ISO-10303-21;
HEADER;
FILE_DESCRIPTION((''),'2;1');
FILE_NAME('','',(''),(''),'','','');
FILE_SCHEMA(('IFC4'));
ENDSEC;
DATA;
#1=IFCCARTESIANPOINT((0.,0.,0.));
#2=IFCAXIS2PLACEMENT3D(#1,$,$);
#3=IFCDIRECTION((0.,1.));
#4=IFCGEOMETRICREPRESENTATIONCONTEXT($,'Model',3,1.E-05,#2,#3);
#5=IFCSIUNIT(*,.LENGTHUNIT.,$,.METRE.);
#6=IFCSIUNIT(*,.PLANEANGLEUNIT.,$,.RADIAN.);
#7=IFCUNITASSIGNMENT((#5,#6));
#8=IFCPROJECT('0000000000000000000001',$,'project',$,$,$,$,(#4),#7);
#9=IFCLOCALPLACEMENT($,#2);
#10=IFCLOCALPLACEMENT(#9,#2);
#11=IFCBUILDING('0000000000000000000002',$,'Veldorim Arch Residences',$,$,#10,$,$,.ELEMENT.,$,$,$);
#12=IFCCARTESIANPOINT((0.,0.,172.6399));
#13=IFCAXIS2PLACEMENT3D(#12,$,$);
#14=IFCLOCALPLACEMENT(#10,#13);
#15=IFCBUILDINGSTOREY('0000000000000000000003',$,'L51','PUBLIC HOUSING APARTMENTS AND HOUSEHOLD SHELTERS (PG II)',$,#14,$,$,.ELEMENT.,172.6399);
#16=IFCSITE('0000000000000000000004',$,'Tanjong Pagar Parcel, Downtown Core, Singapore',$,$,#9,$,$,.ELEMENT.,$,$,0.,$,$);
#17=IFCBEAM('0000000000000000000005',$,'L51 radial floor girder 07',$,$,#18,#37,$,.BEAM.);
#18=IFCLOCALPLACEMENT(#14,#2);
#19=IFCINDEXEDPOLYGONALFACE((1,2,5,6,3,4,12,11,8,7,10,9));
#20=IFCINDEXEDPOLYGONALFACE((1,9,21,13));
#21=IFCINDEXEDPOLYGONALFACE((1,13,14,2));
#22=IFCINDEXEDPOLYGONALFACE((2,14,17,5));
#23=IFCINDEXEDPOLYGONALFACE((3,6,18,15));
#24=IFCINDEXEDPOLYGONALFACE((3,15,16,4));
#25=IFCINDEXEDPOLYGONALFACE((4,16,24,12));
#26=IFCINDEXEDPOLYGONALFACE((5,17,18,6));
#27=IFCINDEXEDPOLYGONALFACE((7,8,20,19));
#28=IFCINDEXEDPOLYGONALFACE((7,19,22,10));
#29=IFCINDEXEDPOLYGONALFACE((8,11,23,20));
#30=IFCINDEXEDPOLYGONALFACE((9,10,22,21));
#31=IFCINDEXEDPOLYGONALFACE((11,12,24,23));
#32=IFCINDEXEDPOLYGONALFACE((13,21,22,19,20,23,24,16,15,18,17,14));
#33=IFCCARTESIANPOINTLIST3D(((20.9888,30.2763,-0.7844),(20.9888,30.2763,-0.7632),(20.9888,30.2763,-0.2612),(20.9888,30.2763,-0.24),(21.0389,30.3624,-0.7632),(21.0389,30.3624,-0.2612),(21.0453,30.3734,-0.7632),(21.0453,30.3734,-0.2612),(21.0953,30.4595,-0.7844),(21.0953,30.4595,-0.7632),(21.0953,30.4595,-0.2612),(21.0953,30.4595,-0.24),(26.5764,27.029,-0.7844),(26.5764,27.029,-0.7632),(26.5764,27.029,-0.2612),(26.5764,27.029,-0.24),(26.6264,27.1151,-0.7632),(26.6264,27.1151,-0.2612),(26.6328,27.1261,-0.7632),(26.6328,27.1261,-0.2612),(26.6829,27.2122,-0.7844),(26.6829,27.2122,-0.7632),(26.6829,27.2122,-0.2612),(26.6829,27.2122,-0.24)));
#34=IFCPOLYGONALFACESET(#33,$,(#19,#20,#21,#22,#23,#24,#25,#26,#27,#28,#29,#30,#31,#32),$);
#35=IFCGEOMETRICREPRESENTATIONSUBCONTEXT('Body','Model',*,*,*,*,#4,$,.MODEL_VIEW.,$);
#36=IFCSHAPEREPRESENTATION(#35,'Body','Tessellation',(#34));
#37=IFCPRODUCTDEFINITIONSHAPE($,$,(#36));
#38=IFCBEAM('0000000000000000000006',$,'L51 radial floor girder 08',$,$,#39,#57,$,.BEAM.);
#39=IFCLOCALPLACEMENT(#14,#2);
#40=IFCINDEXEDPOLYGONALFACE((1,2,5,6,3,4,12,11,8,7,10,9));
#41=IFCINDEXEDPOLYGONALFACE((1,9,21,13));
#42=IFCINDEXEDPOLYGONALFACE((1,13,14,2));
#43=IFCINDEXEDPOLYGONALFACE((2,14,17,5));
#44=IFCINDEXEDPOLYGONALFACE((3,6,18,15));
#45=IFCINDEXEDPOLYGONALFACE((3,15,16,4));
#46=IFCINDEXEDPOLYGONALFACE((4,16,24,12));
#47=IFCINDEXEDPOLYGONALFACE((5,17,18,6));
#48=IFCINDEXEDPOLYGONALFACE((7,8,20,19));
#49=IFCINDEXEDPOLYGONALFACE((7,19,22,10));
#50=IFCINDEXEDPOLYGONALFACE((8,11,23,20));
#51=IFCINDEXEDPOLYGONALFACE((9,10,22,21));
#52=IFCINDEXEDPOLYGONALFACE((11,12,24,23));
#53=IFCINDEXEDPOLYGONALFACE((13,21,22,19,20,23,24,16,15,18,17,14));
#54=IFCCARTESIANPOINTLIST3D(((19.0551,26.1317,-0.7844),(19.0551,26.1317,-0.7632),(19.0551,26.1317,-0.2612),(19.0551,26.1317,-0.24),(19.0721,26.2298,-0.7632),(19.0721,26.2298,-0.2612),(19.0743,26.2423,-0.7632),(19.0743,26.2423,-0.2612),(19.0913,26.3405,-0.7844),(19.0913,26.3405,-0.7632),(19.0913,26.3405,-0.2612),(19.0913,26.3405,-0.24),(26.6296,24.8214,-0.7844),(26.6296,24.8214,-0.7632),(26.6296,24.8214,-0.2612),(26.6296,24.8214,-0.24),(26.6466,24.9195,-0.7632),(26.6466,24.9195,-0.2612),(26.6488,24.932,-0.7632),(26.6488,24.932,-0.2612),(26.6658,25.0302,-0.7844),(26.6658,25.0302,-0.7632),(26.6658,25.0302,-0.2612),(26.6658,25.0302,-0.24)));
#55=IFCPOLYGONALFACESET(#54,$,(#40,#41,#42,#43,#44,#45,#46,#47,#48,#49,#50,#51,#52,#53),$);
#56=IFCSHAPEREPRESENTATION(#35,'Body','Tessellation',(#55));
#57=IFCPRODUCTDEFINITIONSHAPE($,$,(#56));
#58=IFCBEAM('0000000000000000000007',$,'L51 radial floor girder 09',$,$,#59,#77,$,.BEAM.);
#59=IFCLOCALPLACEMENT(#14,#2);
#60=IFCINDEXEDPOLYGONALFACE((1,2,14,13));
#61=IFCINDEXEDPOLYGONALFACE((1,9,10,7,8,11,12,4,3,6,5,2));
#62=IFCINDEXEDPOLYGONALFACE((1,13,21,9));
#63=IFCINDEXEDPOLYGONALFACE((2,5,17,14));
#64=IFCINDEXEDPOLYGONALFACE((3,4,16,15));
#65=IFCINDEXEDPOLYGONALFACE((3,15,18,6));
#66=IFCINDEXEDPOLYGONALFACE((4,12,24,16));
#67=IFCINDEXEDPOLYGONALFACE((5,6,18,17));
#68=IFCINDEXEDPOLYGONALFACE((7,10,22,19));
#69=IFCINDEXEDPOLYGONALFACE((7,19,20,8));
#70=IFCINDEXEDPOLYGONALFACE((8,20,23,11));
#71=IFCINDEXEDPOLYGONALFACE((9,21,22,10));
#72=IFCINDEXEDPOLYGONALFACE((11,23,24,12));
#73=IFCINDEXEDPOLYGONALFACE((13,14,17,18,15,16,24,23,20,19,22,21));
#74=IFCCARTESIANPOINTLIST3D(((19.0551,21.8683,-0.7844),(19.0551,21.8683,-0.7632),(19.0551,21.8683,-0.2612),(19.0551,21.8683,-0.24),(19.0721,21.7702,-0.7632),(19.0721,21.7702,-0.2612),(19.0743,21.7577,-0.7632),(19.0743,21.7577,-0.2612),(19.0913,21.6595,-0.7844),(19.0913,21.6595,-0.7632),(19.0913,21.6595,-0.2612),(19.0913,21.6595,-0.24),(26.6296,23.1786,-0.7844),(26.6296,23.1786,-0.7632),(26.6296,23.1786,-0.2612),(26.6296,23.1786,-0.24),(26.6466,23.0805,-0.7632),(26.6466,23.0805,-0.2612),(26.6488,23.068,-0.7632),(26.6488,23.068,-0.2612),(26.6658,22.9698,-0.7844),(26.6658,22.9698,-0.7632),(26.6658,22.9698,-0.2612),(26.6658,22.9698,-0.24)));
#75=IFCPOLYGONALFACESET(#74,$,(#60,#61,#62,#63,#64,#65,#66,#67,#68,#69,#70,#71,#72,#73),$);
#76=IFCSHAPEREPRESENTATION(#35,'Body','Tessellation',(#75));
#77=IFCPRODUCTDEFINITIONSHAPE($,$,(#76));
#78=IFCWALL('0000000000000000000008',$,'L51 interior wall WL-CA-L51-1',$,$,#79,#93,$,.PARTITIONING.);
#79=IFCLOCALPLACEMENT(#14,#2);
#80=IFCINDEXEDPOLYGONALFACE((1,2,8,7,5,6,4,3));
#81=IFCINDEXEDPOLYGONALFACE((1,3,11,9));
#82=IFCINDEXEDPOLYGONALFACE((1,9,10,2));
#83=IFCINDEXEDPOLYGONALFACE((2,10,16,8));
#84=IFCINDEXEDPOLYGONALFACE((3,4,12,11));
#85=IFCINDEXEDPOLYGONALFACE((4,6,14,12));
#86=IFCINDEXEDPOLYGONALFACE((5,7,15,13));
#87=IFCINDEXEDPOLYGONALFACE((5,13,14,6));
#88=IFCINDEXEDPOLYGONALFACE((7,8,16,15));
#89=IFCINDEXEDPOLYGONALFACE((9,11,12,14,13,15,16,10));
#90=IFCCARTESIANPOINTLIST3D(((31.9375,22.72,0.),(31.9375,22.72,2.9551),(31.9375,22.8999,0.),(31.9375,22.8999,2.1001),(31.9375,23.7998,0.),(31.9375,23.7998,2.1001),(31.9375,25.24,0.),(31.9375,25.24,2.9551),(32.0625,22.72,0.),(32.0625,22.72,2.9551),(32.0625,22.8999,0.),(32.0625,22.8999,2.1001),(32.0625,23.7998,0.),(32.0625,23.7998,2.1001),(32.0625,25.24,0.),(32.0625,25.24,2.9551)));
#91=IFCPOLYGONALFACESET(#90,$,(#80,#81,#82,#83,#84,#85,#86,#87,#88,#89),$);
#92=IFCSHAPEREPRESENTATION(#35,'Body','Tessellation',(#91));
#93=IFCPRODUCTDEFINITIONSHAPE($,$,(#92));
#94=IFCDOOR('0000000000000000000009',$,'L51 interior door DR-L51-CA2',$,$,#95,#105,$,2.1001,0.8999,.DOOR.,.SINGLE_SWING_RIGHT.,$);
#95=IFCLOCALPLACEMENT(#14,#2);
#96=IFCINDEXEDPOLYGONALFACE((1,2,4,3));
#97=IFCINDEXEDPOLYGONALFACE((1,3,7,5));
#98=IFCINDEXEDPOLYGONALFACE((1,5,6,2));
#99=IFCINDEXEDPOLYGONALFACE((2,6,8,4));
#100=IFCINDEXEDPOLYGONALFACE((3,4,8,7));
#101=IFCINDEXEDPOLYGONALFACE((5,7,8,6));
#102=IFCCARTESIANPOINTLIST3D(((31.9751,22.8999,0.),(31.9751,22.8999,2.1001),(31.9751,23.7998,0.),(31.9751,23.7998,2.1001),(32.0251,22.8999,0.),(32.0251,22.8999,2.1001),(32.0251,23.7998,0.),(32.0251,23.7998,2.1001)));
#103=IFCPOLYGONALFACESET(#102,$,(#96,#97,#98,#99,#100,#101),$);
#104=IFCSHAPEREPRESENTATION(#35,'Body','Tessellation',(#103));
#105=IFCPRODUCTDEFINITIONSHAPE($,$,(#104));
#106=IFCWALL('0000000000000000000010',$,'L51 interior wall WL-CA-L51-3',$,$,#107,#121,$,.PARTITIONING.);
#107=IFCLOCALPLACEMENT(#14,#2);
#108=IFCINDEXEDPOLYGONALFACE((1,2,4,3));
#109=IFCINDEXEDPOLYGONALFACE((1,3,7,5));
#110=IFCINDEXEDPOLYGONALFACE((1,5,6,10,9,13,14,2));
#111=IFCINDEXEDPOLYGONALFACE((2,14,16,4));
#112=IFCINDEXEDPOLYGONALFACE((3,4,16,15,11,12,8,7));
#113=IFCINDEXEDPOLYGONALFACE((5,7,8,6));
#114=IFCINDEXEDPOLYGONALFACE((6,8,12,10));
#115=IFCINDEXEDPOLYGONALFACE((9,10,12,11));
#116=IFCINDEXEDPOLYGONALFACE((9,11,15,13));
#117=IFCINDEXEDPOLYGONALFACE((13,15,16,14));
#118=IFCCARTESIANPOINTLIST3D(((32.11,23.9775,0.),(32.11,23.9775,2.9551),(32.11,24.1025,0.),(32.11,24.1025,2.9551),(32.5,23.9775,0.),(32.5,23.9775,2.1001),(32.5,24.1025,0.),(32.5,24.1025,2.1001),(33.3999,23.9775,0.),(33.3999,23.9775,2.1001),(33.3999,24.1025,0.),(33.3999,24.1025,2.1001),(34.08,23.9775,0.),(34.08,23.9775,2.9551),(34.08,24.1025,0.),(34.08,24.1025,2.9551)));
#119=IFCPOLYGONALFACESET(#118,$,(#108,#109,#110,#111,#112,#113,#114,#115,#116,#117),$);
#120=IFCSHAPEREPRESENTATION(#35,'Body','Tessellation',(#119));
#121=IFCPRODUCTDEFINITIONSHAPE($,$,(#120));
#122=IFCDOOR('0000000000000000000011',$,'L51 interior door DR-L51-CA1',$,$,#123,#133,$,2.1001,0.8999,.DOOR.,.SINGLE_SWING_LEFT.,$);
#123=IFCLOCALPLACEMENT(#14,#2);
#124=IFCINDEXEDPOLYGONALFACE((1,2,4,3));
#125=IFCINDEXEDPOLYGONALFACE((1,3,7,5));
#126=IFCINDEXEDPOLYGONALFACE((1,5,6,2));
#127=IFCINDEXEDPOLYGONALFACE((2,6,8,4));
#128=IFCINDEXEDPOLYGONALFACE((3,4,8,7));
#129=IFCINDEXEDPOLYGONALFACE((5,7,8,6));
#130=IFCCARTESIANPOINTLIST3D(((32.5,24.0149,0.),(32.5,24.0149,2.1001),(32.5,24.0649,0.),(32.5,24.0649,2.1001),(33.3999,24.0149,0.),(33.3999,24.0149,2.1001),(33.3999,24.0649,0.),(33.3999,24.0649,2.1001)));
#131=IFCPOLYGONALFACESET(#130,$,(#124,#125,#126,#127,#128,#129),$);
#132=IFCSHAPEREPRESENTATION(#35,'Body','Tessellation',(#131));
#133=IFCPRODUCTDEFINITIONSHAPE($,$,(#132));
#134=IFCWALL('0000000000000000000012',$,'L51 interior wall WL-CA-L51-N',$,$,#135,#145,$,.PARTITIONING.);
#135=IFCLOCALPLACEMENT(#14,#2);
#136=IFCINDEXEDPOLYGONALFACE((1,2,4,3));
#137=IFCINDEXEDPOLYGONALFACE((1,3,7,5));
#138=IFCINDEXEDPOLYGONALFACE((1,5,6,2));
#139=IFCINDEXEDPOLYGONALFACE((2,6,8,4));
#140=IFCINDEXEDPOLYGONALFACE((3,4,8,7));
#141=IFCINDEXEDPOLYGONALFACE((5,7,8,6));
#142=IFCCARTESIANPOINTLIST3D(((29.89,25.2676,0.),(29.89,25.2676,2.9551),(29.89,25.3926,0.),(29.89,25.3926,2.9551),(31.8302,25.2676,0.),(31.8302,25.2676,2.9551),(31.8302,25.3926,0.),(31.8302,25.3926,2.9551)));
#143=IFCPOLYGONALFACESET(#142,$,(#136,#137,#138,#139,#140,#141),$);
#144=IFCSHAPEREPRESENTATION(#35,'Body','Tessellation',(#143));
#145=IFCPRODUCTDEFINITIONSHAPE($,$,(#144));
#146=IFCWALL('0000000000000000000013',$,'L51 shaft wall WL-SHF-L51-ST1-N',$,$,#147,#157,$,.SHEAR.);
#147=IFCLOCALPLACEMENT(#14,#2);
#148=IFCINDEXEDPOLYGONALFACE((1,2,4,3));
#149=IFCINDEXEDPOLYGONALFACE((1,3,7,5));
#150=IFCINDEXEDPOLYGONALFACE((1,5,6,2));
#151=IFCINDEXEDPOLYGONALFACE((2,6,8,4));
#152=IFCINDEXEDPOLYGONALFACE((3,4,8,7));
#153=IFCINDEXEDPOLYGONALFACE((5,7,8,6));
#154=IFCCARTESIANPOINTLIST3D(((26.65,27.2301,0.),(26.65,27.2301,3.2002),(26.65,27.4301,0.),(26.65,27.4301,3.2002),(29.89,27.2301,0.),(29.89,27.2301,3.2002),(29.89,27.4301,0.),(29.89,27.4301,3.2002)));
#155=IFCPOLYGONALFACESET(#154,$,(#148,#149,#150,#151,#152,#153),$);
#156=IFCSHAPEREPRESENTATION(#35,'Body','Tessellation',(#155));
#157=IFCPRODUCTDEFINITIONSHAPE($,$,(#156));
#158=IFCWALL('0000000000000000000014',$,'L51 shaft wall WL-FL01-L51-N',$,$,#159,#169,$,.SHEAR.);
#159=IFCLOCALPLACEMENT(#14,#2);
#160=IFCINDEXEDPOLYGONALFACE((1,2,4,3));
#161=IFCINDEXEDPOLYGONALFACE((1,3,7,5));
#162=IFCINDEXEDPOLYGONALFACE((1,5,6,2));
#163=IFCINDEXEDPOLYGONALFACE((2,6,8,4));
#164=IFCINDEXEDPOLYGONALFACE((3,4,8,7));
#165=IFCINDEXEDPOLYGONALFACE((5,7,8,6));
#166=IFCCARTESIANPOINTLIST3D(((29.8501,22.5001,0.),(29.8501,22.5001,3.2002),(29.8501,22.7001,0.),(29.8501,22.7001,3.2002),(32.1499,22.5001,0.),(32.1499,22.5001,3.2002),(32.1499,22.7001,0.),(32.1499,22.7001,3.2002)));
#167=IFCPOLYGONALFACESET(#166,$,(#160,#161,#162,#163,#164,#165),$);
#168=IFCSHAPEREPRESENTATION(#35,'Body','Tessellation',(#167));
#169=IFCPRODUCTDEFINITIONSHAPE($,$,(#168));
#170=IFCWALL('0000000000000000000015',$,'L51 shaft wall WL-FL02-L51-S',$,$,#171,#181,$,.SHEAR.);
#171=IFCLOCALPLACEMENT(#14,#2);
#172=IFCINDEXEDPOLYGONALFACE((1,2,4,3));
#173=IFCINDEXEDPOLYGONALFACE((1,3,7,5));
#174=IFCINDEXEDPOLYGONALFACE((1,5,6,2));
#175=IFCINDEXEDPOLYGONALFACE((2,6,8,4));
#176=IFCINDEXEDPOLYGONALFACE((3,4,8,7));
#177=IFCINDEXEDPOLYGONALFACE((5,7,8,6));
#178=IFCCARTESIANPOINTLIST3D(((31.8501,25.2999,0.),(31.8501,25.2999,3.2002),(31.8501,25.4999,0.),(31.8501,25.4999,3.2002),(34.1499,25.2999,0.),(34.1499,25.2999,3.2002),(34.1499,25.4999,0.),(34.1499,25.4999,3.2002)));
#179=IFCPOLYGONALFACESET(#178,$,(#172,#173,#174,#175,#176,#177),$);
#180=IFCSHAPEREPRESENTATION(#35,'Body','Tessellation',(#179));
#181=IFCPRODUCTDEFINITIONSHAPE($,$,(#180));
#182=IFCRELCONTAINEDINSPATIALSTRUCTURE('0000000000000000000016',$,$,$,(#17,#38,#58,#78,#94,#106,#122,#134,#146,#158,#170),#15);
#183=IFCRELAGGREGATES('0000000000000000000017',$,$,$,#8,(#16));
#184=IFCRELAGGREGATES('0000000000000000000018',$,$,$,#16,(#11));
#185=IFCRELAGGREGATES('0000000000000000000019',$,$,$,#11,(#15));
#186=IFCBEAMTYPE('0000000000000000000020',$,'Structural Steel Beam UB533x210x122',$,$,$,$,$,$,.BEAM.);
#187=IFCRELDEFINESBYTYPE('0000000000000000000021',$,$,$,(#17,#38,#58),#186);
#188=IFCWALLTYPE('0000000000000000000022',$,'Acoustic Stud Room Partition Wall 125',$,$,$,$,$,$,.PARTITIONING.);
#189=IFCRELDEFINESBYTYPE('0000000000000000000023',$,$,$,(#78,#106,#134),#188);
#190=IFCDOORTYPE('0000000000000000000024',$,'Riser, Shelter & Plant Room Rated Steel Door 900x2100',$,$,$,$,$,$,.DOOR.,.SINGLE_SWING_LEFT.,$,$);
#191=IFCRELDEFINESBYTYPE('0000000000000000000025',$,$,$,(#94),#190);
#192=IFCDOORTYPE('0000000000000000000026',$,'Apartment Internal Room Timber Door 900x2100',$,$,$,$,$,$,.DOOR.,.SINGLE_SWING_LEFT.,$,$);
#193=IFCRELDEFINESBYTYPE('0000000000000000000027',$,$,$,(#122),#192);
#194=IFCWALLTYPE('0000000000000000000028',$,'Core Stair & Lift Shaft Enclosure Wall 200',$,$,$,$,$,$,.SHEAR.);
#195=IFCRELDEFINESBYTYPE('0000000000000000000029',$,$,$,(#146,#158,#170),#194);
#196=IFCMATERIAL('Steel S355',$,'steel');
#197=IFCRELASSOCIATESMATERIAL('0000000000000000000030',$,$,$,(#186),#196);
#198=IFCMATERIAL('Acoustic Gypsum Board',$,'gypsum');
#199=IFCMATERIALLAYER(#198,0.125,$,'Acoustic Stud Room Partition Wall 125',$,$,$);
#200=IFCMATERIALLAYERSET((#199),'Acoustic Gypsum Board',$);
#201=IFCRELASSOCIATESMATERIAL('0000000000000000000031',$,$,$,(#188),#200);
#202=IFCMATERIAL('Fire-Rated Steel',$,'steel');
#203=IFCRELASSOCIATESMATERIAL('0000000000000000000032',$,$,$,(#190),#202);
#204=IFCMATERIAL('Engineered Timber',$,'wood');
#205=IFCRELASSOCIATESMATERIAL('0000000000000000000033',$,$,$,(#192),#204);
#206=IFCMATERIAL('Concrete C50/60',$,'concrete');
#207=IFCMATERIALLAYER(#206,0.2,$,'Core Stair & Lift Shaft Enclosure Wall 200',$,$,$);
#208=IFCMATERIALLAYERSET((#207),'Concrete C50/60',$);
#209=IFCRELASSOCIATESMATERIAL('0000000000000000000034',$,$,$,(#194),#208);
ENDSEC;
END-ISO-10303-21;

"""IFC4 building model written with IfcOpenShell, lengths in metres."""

from ifc_helpers import new_model, si_unit, direction, frame, frame_2d, origin, origin_2d, place, context, subcontext, project, spatial, rectangle, i_section, extrude, material, layer, layer_set, material_profile, profile_set, type_object, element, fill, save


model = new_model("IFC4")

# Units and contexts
model_context = context("Model", 3, precision=1e-05, world=origin(), true_north=direction((0.0, 1.0)))
body_context = subcontext(model_context, "Body", "Model", "MODEL_VIEW")
ifc_project = project(units=[si_unit("LENGTHUNIT", "METRE"), si_unit("PLANEANGLEUNIT", "RADIAN")], contexts=[model_context])

# Site, building, storey
site_placement = place(None, origin())
site = spatial("IfcSite", under=ifc_project, at=site_placement, Name="Tanjong Pagar Parcel, Downtown Core, Singapore", CompositionType="ELEMENT", RefElevation=0.0)
building_placement = place(site_placement, origin())
building = spatial("IfcBuilding", under=site, at=building_placement, Name="Veldorim Arch Residences", CompositionType="ELEMENT")
storey_placement = place(building_placement, frame((0.0, 0.0, 172.6399)))
storey = spatial("IfcBuildingStorey", under=building, at=storey_placement, Name="L51", Description="PUBLIC HOUSING APARTMENTS AND HOUSEHOLD SHELTERS (PG II)", CompositionType="ELEMENT", Elevation=172.6399)

# Beams
ifc_material_1 = material(Name="Steel S355", Category="steel")
ifc_material_profile = material_profile(ifc_material_1, i_section(OverallWidth=0.2119, OverallDepth=0.5444, WebThickness=0.0127, FlangeThickness=0.0212, at=origin_2d()), Name="UB533x210x122")
ifc_profile_set = profile_set([ifc_material_profile], Name="Steel S355")
beam_type = type_object("IfcBeamType", Name="Structural Steel Beam UB533x210x122", PredefinedType="BEAM", material=ifc_profile_set)
beam_placement = place(storey_placement, frame((26.6296, 27.1206, -0.5122), z_axis=(-0.864596, 0.502468, 0.0), x_axis=(-0.502468, -0.864596, 0.0)))
element("IfcBeam", 1, at=beam_placement, inside=storey, type_object=beam_type, Name="L51 radial floor girder 07", PredefinedType="BEAM", context=body_context, shape_type="SweptSolid", body=[
    extrude(i_section(OverallWidth=0.2119, OverallDepth=0.5444, WebThickness=0.0127, FlangeThickness=0.0212, at=origin_2d()), origin(), (0.0, 0.0, 1.0), 6.4626),
])
for number, where, z_axis, x_axis, name in (
    (2, (26.6477, 24.9258, -0.5122), (-0.985365, 0.170458, 0.0), (-0.170458, -0.985365, 0.0), "L51 radial floor girder 08"),
    (3, (26.6477, 23.0742, -0.5122), (-0.985365, -0.170458, 0.0), (0.170458, -0.985365, 0.0), "L51 radial floor girder 09"),
):
    element("IfcBeam", number, at=place(storey_placement, frame(where, z_axis=z_axis, x_axis=x_axis)), inside=storey, type_object=beam_type, Name=name, PredefinedType="BEAM", context=body_context, shape_type="SweptSolid", body=[
        extrude(i_section(OverallWidth=0.2119, OverallDepth=0.5444, WebThickness=0.0127, FlangeThickness=0.0212, at=origin_2d()), origin(), (0.0, 0.0, 1.0), 7.687),
    ])

# Walls, openings, doors
ifc_material_2 = material(Name="Acoustic Gypsum Board", Category="gypsum")
ifc_layer_1 = layer(ifc_material_2, 0.125, Name="Acoustic Stud Room Partition Wall 125")
ifc_layer_set_1 = layer_set([ifc_layer_1], Name="Acoustic Gypsum Board")
wall_type_1 = type_object("IfcWallType", Name="Acoustic Stud Room Partition Wall 125", PredefinedType="PARTITIONING", material=ifc_layer_set_1)
wall_1_placement = place(storey_placement, frame((32.0, 22.72, 0.0), z_axis=(0.0, 0.0, 1.0), x_axis=(0.0, 1.0, 0.0)))
wall_1 = element("IfcWall", 4, at=wall_1_placement, inside=storey, type_object=wall_type_1, Name="L51 interior wall WL-CA-L51-1", PredefinedType="PARTITIONING", context=body_context, shape_type="SweptSolid", body=[
    extrude(rectangle(XDim=2.52, YDim=0.125, at=frame_2d((1.26, 0.0))), origin(), (0.0, 0.0, 1.0), 2.9551),
])
opening_1_placement = place(wall_1_placement, frame((0.1799, 0.0, 0.0)))
opening_1 = element("IfcOpeningElement", 5, at=opening_1_placement, cuts=wall_1, PredefinedType="OPENING", context=body_context, shape_type="SweptSolid", body=[
    extrude(rectangle(XDim=0.8999, YDim=2.1001, at=frame_2d((0.45, 1.05))), frame((0.0, 0.0725, 0.0), z_axis=(0.0, -1.0, 0.0), x_axis=(1.0, 0.0, 0.0)), (0.0, 0.0, 1.0), 0.145),
])
ifc_material_3 = material(Name="Fire-Rated Steel", Category="steel")
door_type_1 = type_object("IfcDoorType", Name="Riser, Shelter & Plant Room Rated Steel Door 900x2100", OperationType="SINGLE_SWING_LEFT", PredefinedType="DOOR", material=ifc_material_3)
door_1_placement = place(opening_1_placement, origin())
door_1 = element("IfcDoor", 6, at=door_1_placement, inside=storey, type_object=door_type_1, Name="L51 interior door DR-L51-CA2", OperationType="SINGLE_SWING_RIGHT", OverallHeight=2.1001, OverallWidth=0.8999, PredefinedType="DOOR", context=body_context, shape_type="SweptSolid", body=[
    extrude(rectangle(XDim=0.8999, YDim=2.1001, at=frame_2d((0.45, 1.05))), frame((0.0, 0.0249, 0.0), z_axis=(0.0, -1.0, 0.0), x_axis=(1.0, 0.0, 0.0)), (0.0, 0.0, 1.0), 0.05),
])
fill(opening_1, door_1)
wall_2_placement = place(storey_placement, frame((32.1101, 24.04, 0.0), z_axis=(0.0, 0.0, 1.0), x_axis=(1.0, 0.0, 0.0)))
wall_2 = element("IfcWall", 7, at=wall_2_placement, inside=storey, type_object=wall_type_1, Name="L51 interior wall WL-CA-L51-3", PredefinedType="PARTITIONING", context=body_context, shape_type="SweptSolid", body=[
    extrude(rectangle(XDim=1.97, YDim=0.125, at=frame_2d((0.9849, 0.0))), origin(), (0.0, 0.0, 1.0), 2.9551),
])
opening_2_placement = place(wall_2_placement, frame((0.3899, 0.0, 0.0)))
opening_2 = element("IfcOpeningElement", 8, at=opening_2_placement, cuts=wall_2, PredefinedType="OPENING", context=body_context, shape_type="SweptSolid", body=[
    extrude(rectangle(XDim=0.8999, YDim=2.1001, at=frame_2d((0.45, 1.05))), frame((0.0, 0.0725, 0.0), z_axis=(0.0, -1.0, 0.0), x_axis=(1.0, 0.0, 0.0)), (0.0, 0.0, 1.0), 0.145),
])
ifc_material_4 = material(Name="Engineered Timber", Category="wood")
door_type_2 = type_object("IfcDoorType", Name="Apartment Internal Room Timber Door 900x2100", OperationType="SINGLE_SWING_LEFT", PredefinedType="DOOR", material=ifc_material_4)
door_2_placement = place(opening_2_placement, origin())
door_2 = element("IfcDoor", 9, at=door_2_placement, inside=storey, type_object=door_type_2, Name="L51 interior door DR-L51-CA1", OperationType="SINGLE_SWING_LEFT", OverallHeight=2.1001, OverallWidth=0.8999, PredefinedType="DOOR", context=body_context, shape_type="SweptSolid", body=[
    extrude(rectangle(XDim=0.8999, YDim=2.1001, at=frame_2d((0.45, 1.05))), frame((0.0, 0.0249, 0.0), z_axis=(0.0, -1.0, 0.0), x_axis=(1.0, 0.0, 0.0)), (0.0, 0.0, 1.0), 0.05),
])
fill(opening_2, door_2)

# Walls
wall_3_placement = place(storey_placement, frame((29.8899, 25.3301, 0.0), z_axis=(0.0, 0.0, 1.0), x_axis=(1.0, 0.0, 0.0)))
element("IfcWall", 10, at=wall_3_placement, inside=storey, type_object=wall_type_1, Name="L51 interior wall WL-CA-L51-N", PredefinedType="PARTITIONING", context=body_context, shape_type="SweptSolid", body=[
    extrude(rectangle(XDim=1.9402, YDim=0.125, at=frame_2d((0.9702, 0.0))), origin(), (0.0, 0.0, 1.0), 2.9551),
])
ifc_material_5 = material(Name="Concrete C50/60", Category="concrete")
ifc_layer_2 = layer(ifc_material_5, 0.2, Name="Core Stair & Lift Shaft Enclosure Wall 200")
ifc_layer_set_2 = layer_set([ifc_layer_2], Name="Concrete C50/60")
wall_type_2 = type_object("IfcWallType", Name="Core Stair & Lift Shaft Enclosure Wall 200", PredefinedType="SHEAR", material=ifc_layer_set_2)
wall_4_placement = place(storey_placement, frame((26.6499, 27.3301, 0.0), z_axis=(0.0, 0.0, 1.0), x_axis=(1.0, 0.0, 0.0)))
element("IfcWall", 11, at=wall_4_placement, inside=storey, type_object=wall_type_2, Name="L51 shaft wall WL-SHF-L51-ST1-N", PredefinedType="SHEAR", context=body_context, shape_type="SweptSolid", body=[
    extrude(rectangle(XDim=3.24, YDim=0.2, at=frame_2d((1.6201, 0.0))), origin(), (0.0, 0.0, 1.0), 3.2002),
])
wall_5_placement = place(storey_placement, frame((29.8501, 22.6001, 0.0), z_axis=(0.0, 0.0, 1.0), x_axis=(1.0, 0.0, 0.0)))
element("IfcWall", 12, at=wall_5_placement, inside=storey, type_object=wall_type_2, Name="L51 shaft wall WL-FL01-L51-N", PredefinedType="SHEAR", context=body_context, shape_type="SweptSolid", body=[
    extrude(rectangle(XDim=2.2998, YDim=0.2, at=frame_2d((1.1499, 0.0))), origin(), (0.0, 0.0, 1.0), 3.2002),
])

# Wall
wall_6_placement = place(storey_placement, frame((31.8501, 25.3999, 0.0), z_axis=(0.0, 0.0, 1.0), x_axis=(1.0, 0.0, 0.0)))
element("IfcWall", 13, at=wall_6_placement, inside=storey, type_object=wall_type_2, Name="L51 shaft wall WL-FL02-L51-S", PredefinedType="SHEAR", context=body_context, shape_type="SweptSolid", body=[
    extrude(rectangle(XDim=2.2998, YDim=0.2, at=frame_2d((1.1499, 0.0))), origin(), (0.0, 0.0, 1.0), 3.2002),
])

save(model, "model.ifc")
